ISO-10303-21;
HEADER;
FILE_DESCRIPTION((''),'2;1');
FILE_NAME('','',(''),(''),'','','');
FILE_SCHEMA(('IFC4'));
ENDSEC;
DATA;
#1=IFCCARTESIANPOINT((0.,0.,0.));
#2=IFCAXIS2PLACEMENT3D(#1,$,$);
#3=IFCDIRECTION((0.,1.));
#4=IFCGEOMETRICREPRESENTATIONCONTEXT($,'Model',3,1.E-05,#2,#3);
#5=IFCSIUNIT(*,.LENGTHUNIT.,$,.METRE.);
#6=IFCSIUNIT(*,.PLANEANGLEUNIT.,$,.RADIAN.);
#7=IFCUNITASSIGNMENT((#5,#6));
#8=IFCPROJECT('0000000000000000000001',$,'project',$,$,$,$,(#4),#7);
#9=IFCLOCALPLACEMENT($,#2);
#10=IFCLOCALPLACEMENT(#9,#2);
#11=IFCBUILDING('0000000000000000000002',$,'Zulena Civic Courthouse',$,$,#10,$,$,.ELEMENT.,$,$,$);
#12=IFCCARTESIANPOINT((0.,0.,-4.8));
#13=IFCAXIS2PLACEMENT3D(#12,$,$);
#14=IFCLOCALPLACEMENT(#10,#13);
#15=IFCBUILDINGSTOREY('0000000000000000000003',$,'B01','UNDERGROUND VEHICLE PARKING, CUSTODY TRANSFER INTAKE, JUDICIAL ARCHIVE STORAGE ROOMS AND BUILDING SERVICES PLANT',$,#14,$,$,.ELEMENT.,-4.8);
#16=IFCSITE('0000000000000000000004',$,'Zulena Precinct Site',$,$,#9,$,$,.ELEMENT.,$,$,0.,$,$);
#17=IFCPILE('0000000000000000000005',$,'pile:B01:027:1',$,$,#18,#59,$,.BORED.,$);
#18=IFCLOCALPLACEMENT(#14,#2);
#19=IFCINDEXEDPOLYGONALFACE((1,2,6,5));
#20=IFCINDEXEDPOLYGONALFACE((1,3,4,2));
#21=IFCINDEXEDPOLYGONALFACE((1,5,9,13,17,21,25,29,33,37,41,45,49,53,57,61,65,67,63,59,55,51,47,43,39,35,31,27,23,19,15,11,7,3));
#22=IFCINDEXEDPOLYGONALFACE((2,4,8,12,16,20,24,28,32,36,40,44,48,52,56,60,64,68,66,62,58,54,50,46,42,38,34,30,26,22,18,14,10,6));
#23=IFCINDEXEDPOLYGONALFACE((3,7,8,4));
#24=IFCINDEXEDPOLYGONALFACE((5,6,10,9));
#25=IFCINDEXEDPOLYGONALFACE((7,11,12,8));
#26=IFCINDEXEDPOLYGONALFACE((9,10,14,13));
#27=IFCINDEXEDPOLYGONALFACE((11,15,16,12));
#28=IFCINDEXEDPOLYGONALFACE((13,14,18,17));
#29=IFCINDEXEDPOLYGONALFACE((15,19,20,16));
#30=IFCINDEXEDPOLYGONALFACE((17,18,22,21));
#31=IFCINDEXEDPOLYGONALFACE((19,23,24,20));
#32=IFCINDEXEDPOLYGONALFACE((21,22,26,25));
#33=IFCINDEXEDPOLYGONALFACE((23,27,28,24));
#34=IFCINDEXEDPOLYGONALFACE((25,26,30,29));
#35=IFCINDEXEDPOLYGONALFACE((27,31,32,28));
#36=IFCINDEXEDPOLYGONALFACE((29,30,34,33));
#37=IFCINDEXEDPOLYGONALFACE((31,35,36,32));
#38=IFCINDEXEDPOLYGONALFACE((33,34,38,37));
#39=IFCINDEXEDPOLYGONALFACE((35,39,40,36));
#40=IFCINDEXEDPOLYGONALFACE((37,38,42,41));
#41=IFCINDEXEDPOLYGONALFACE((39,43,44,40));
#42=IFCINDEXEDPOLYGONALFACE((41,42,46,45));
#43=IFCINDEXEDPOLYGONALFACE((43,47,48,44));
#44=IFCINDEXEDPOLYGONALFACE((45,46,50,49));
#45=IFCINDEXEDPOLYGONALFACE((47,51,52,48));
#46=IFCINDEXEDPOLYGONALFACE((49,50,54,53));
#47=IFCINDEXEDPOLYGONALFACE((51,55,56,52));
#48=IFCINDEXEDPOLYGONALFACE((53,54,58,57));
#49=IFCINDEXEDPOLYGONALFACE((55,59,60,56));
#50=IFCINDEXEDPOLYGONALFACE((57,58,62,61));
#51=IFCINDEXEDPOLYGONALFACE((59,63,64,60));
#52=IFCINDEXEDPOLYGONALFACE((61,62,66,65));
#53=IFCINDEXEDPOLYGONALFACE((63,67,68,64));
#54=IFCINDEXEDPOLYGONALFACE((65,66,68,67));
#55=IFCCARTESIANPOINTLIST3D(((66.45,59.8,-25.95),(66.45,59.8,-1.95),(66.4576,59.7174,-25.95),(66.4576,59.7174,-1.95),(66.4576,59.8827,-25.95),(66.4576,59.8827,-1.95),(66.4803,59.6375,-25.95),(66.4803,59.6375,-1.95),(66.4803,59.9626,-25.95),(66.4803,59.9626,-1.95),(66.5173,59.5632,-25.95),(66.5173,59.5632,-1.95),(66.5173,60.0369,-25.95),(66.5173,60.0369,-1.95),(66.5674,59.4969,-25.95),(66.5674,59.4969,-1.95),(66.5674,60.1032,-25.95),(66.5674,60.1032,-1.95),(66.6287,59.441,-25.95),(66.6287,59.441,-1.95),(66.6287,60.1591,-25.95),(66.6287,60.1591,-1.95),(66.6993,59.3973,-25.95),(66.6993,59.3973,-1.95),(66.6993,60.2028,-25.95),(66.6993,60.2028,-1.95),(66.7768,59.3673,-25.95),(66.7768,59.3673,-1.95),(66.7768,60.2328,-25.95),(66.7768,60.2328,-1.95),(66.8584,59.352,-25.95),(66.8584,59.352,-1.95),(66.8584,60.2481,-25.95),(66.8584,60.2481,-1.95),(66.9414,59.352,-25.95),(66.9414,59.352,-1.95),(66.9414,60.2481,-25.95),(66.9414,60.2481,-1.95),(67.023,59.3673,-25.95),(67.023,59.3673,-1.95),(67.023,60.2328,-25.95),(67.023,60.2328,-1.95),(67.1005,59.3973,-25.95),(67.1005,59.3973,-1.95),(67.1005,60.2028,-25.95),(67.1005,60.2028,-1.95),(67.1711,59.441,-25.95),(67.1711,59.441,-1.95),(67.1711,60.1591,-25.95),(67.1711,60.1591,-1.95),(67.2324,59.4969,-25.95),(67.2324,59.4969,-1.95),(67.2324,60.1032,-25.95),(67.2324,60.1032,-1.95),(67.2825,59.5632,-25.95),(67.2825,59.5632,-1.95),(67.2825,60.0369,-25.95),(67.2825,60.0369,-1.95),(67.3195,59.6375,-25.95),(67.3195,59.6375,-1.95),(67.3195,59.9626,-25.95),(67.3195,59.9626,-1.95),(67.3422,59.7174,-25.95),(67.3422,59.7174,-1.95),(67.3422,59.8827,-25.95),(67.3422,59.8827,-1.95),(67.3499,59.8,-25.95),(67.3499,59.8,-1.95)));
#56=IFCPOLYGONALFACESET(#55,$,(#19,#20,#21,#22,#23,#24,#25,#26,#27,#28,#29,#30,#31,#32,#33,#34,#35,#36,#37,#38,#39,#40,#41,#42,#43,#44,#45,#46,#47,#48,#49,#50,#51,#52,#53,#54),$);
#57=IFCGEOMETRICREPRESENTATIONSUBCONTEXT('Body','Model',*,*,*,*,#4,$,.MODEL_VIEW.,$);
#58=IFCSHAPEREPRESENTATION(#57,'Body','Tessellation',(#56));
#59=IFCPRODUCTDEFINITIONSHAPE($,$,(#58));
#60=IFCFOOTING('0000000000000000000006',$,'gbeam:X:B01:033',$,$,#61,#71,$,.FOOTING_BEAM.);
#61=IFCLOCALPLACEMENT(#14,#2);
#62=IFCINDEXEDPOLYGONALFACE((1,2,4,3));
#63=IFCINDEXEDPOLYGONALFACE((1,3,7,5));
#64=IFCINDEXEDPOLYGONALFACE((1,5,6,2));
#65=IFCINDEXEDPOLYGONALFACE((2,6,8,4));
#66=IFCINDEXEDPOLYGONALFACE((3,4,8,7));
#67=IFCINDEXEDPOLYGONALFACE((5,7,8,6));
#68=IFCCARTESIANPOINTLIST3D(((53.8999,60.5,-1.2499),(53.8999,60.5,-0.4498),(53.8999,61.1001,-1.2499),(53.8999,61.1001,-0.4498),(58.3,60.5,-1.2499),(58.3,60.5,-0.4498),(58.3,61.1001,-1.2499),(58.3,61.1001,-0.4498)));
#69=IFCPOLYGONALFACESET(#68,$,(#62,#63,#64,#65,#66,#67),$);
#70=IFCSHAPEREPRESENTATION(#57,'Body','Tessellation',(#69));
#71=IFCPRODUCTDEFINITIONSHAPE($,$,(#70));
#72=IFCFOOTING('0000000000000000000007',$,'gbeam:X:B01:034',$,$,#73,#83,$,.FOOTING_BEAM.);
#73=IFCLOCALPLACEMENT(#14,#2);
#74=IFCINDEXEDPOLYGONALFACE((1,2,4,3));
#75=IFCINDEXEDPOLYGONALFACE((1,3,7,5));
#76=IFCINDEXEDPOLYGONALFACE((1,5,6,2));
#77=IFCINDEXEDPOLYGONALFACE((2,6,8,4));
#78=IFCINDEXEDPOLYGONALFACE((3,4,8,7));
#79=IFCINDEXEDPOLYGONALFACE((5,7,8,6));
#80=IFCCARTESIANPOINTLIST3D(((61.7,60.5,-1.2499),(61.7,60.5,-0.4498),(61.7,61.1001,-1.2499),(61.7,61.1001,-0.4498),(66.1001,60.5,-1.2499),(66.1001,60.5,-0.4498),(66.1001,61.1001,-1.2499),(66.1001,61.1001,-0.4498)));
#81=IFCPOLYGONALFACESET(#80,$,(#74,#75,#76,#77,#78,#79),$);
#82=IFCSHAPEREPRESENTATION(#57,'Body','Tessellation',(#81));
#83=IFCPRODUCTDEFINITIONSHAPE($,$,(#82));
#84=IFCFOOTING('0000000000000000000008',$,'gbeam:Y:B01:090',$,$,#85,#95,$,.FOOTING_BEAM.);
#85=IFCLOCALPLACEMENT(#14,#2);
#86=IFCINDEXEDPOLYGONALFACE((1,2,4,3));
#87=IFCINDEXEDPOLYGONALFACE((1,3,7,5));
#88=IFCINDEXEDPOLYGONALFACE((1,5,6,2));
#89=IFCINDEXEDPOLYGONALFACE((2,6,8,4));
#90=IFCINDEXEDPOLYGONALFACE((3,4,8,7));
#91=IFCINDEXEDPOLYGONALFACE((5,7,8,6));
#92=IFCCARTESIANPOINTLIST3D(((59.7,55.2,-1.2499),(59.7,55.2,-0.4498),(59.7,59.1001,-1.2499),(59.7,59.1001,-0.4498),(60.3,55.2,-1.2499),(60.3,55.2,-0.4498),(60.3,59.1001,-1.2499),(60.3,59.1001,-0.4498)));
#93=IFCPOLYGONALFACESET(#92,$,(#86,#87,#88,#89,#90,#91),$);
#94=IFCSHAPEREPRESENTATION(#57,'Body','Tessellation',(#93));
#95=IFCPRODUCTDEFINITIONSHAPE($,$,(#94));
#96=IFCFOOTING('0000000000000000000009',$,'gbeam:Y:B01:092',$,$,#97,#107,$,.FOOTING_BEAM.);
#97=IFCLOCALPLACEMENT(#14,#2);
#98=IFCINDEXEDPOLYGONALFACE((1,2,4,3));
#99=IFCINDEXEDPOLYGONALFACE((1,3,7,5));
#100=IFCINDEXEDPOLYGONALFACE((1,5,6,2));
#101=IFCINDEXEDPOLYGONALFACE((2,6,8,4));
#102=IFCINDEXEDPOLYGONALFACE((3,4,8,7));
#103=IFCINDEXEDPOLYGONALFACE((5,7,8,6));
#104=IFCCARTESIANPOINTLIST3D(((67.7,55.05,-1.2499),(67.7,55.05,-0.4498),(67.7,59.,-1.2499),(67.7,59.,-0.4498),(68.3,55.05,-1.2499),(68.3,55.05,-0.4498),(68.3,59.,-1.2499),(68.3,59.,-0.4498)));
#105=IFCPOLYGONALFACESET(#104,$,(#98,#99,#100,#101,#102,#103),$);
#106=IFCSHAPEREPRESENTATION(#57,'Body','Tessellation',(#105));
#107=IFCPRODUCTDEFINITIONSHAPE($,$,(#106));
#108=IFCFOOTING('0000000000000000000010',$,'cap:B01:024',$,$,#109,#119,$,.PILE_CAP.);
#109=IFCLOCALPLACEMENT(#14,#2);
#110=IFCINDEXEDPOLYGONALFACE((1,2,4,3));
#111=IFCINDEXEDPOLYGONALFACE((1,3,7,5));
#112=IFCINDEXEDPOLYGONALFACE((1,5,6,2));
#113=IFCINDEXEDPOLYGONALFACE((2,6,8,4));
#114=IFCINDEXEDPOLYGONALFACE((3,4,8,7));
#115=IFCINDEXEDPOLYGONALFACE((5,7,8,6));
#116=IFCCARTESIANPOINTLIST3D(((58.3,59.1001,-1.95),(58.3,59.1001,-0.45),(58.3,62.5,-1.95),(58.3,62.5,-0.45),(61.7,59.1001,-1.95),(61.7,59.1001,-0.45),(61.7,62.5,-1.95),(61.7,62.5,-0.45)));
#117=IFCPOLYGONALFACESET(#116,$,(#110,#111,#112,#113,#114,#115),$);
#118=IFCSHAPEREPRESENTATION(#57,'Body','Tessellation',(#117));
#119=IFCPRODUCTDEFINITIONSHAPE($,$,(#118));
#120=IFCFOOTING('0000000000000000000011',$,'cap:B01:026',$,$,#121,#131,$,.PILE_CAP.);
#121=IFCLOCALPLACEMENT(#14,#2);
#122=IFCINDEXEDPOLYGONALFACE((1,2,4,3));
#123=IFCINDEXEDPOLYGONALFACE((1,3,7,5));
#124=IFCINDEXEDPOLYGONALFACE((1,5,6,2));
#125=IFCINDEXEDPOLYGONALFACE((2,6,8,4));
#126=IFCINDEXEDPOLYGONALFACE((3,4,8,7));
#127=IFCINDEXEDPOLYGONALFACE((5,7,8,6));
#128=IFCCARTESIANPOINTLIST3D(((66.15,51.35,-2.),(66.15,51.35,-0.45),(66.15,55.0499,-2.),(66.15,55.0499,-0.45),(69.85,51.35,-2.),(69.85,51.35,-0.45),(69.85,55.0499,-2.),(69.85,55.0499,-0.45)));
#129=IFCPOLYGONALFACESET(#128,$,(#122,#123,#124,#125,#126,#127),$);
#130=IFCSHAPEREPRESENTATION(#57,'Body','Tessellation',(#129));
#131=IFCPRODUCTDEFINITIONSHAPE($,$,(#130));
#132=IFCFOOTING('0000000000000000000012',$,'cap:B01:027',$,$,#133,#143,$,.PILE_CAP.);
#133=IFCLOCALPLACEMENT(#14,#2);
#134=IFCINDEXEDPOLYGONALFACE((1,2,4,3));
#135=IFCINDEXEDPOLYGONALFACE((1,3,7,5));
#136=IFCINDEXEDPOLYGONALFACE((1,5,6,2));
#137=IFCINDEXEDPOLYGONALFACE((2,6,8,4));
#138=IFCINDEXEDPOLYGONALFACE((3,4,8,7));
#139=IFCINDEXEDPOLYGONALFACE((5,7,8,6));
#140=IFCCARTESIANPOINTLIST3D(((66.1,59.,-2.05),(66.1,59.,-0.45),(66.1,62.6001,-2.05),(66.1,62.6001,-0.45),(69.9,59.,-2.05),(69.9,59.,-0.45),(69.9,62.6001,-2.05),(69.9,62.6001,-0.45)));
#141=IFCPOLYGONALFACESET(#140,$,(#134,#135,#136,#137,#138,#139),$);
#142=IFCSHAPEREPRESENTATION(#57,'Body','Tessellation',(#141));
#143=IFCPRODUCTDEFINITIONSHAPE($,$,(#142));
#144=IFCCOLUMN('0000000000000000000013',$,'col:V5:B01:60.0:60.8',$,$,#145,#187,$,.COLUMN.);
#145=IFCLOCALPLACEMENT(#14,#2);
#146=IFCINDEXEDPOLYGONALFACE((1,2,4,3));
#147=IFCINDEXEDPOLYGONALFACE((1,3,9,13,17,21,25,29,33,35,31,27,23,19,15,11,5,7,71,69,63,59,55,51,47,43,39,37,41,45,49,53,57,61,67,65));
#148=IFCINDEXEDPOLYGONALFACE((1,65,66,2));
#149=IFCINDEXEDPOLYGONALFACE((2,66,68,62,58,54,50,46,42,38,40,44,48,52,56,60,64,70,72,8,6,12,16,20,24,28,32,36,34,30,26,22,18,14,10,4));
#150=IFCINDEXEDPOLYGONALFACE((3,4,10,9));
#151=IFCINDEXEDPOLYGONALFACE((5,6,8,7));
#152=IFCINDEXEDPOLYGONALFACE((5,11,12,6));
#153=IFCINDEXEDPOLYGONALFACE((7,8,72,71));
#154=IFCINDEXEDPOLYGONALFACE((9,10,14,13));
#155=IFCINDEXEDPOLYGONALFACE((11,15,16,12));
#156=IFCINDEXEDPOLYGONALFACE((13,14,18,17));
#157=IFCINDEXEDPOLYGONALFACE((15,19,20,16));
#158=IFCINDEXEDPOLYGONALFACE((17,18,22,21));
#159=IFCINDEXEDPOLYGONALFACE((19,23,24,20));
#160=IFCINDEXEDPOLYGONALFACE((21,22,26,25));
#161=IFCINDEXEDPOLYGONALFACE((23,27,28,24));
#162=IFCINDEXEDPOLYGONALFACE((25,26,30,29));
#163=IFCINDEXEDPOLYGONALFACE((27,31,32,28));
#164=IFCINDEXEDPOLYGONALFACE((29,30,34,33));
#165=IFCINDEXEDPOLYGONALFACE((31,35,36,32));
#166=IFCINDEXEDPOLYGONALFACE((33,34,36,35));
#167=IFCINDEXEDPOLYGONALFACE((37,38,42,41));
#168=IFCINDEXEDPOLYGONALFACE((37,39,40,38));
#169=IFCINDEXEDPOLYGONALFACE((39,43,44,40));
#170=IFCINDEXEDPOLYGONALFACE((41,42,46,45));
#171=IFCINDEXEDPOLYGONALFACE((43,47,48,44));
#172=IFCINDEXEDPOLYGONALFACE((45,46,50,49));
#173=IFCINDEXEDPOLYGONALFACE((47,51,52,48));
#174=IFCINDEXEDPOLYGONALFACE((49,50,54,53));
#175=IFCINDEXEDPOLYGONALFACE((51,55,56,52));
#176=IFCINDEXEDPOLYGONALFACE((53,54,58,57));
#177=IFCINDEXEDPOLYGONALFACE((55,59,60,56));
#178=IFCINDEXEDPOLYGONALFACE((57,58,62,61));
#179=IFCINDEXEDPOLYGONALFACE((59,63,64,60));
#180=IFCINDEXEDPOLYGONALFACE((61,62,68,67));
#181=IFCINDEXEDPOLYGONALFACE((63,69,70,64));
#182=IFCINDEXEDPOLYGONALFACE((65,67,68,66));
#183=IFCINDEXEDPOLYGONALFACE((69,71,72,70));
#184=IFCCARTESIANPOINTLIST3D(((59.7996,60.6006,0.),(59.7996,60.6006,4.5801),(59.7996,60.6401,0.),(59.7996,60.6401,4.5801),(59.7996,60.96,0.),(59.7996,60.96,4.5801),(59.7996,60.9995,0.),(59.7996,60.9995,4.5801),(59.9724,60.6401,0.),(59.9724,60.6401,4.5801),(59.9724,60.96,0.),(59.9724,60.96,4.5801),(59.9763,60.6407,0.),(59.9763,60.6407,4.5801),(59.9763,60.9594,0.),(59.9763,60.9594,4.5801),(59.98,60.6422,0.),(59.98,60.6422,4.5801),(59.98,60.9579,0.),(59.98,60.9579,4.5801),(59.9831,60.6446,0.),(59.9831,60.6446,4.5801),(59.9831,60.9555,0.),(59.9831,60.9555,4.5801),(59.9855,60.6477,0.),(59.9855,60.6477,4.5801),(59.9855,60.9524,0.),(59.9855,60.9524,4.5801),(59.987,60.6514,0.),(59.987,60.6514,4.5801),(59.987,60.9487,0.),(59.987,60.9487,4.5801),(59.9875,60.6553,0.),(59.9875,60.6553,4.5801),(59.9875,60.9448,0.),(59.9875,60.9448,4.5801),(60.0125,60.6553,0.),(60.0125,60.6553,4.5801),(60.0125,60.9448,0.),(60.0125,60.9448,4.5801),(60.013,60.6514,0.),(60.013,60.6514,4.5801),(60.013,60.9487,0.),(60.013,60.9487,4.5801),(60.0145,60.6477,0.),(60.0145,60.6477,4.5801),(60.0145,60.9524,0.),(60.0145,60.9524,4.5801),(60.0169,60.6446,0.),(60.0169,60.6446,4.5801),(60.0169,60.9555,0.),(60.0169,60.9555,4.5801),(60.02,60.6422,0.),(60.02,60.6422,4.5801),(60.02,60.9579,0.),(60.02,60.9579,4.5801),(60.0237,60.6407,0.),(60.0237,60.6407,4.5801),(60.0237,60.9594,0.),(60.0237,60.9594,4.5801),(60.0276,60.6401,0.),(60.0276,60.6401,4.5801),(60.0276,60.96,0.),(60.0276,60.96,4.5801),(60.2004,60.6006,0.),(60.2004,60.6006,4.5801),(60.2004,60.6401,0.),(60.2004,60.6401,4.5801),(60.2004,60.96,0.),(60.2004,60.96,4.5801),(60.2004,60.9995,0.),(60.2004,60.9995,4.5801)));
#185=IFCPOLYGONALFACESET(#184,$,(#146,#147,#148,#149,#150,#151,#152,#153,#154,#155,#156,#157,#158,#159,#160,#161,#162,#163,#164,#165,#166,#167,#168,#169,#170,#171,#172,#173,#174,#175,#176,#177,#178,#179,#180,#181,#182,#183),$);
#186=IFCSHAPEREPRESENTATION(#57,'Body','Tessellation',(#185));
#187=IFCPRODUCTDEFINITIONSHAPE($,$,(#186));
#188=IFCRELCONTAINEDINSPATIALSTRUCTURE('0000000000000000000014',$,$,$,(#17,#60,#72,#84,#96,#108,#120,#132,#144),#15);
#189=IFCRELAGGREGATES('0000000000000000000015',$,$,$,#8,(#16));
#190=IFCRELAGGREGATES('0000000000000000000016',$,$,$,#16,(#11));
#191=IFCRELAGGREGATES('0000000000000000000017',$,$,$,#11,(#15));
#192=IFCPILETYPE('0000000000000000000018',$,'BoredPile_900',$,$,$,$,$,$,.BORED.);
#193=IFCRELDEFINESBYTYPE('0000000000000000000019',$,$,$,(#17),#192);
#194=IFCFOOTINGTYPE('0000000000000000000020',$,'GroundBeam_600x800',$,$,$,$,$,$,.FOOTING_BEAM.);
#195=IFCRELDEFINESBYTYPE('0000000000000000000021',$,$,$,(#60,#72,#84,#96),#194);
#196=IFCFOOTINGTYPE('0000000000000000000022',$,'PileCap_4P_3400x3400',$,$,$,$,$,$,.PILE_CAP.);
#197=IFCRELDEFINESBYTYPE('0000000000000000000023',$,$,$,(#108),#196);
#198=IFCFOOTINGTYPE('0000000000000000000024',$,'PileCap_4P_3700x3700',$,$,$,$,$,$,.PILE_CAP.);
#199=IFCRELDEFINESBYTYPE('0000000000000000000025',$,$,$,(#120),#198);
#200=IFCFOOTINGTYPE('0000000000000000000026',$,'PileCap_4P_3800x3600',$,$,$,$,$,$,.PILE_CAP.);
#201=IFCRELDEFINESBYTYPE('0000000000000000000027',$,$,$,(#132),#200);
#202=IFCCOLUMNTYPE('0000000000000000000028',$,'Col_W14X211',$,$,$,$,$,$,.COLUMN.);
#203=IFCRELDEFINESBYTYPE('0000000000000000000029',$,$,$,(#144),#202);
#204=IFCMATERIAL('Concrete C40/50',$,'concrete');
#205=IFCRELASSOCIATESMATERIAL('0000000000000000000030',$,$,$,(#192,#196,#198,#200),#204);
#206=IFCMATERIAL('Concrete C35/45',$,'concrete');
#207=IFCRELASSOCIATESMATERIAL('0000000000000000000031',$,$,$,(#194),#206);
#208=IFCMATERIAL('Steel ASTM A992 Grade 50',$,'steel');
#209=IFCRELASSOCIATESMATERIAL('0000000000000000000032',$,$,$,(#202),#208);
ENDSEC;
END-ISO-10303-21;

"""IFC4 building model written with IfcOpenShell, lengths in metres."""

from ifc_helpers import new_model, si_unit, direction, frame, origin, origin_2d, place, context, subcontext, project, spatial, rectangle, circle, i_section, extrude, material, material_profile, profile_set, type_object, element, save


model = new_model("IFC4")

# Units and contexts
model_context = context("Model", 3, precision=1e-05, world=origin(), true_north=direction((0.0, 1.0)))
body_context = subcontext(model_context, "Body", "Model", "MODEL_VIEW")
ifc_project = project(units=[si_unit("LENGTHUNIT", "METRE"), si_unit("PLANEANGLEUNIT", "RADIAN")], contexts=[model_context])

# Site, building, storey
site_placement = place(None, origin())
site = spatial("IfcSite", under=ifc_project, at=site_placement, Name="Zulena Precinct Site", CompositionType="ELEMENT", RefElevation=0.0)
building_placement = place(site_placement, origin())
building = spatial("IfcBuilding", under=site, at=building_placement, Name="Zulena Civic Courthouse", CompositionType="ELEMENT")
storey_placement = place(building_placement, frame((0.0, 0.0, -4.8)))
storey = spatial("IfcBuildingStorey", under=building, at=storey_placement, Name="B01", Description="UNDERGROUND VEHICLE PARKING, CUSTODY TRANSFER INTAKE, JUDICIAL ARCHIVE STORAGE ROOMS AND BUILDING SERVICES PLANT", CompositionType="ELEMENT", Elevation=-4.8)

# Pile
ifc_material_1 = material(Name="Concrete C40/50", Category="concrete")
ifc_material_profile_1 = material_profile(ifc_material_1, circle(Radius=0.45, at=origin_2d()), Name="PILE900")
ifc_profile_set_1 = profile_set([ifc_material_profile_1], Name="Concrete C40/50")
pile_type_1 = type_object("IfcPileType", Name="BoredPile_900", PredefinedType="BORED", material=ifc_profile_set_1)
for number, where, z_axis, x_axis, name in (
    (1, (66.8999, 59.8, -1.95), (0.0, 0.0, -1.0), (1.0, 0.0, 0.0), "pile:B01:027:1"),
):
    element("IfcPile", number, at=place(storey_placement, frame(where, z_axis=z_axis, x_axis=x_axis)), inside=storey, type_object=pile_type_1, Name=name, PredefinedType="BORED", context=body_context, shape_type="SweptSolid", body=[
        extrude(circle(Radius=0.45, at=origin_2d()), origin(), (0.0, 0.0, 1.0), 24.0),
    ])

# Footings
ifc_material_2 = material(Name="Concrete C35/45", Category="concrete")
ifc_material_profile_2 = material_profile(ifc_material_2, rectangle(XDim=0.6001, YDim=0.8, at=origin_2d()), Name="RC600X800")
ifc_profile_set_2 = profile_set([ifc_material_profile_2], Name="Concrete C35/45")
footing_type_1 = type_object("IfcFootingType", Name="GroundBeam_600x800", PredefinedType="FOOTING_BEAM", material=ifc_profile_set_2)
for number, where, z_axis, x_axis, name in (
    (2, (53.8999, 60.8, -0.8499), (1.0, 0.0, 0.0), (0.0, 1.0, 0.0), "gbeam:X:B01:033"),
    (3, (61.7, 60.8, -0.8499), (1.0, 0.0, 0.0), (0.0, 1.0, 0.0), "gbeam:X:B01:034"),
):
    element("IfcFooting", number, at=place(storey_placement, frame(where, z_axis=z_axis, x_axis=x_axis)), inside=storey, type_object=footing_type_1, Name=name, PredefinedType="FOOTING_BEAM", context=body_context, shape_type="SweptSolid", body=[
        extrude(rectangle(XDim=0.6001, YDim=0.8, at=origin_2d()), origin(), (0.0, 0.0, 1.0), 4.4001),
    ])
footing_1_placement = place(storey_placement, frame((60.0, 55.2, -0.8499), z_axis=(0.0, 1.0, 0.0), x_axis=(-1.0, 0.0, 0.0)))
element("IfcFooting", 4, at=footing_1_placement, inside=storey, type_object=footing_type_1, Name="gbeam:Y:B01:090", PredefinedType="FOOTING_BEAM", context=body_context, shape_type="SweptSolid", body=[
    extrude(rectangle(XDim=0.6001, YDim=0.8, at=origin_2d()), origin(), (0.0, 0.0, 1.0), 3.9001),
])
footing_2_placement = place(storey_placement, frame((68.0, 55.05, -0.8499), z_axis=(0.0, 1.0, 0.0), x_axis=(-1.0, 0.0, 0.0)))
element("IfcFooting", 5, at=footing_2_placement, inside=storey, type_object=footing_type_1, Name="gbeam:Y:B01:092", PredefinedType="FOOTING_BEAM", context=body_context, shape_type="SweptSolid", body=[
    extrude(rectangle(XDim=0.6001, YDim=0.8, at=origin_2d()), origin(), (0.0, 0.0, 1.0), 3.95),
])
footing_type_2 = type_object("IfcFootingType", Name="PileCap_4P_3400x3400", PredefinedType="PILE_CAP", material=ifc_material_1)
footing_3_placement = place(storey_placement, frame((60.0, 60.8, -1.95), z_axis=(0.0, 0.0, 1.0), x_axis=(1.0, 0.0, 0.0)))
element("IfcFooting", 6, at=footing_3_placement, inside=storey, type_object=footing_type_2, Name="cap:B01:024", PredefinedType="PILE_CAP", context=body_context, shape_type="SweptSolid", body=[
    extrude(rectangle(XDim=3.3999, YDim=3.3999, at=origin_2d()), origin(), (0.0, 0.0, 1.0), 1.5),
])
footing_type_3 = type_object("IfcFootingType", Name="PileCap_4P_3700x3700", PredefinedType="PILE_CAP", material=ifc_material_1)
footing_4_placement = place(storey_placement, frame((68.0, 53.2, -2.0), z_axis=(0.0, 0.0, 1.0), x_axis=(1.0, 0.0, 0.0)))
element("IfcFooting", 7, at=footing_4_placement, inside=storey, type_object=footing_type_3, Name="cap:B01:026", PredefinedType="PILE_CAP", context=body_context, shape_type="SweptSolid", body=[
    extrude(rectangle(XDim=3.7, YDim=3.7, at=origin_2d()), origin(), (0.0, 0.0, 1.0), 1.55),
])
footing_type_4 = type_object("IfcFootingType", Name="PileCap_4P_3800x3600", PredefinedType="PILE_CAP", material=ifc_material_1)
footing_5_placement = place(storey_placement, frame((68.0, 60.8, -2.05), z_axis=(0.0, 0.0, 1.0), x_axis=(1.0, 0.0, 0.0)))
element("IfcFooting", 8, at=footing_5_placement, inside=storey, type_object=footing_type_4, Name="cap:B01:027", PredefinedType="PILE_CAP", context=body_context, shape_type="SweptSolid", body=[
    extrude(rectangle(XDim=3.8, YDim=3.6001, at=origin_2d()), origin(), (0.0, 0.0, 1.0), 1.6001),
])

# Column
ifc_material_3 = material(Name="Steel ASTM A992 Grade 50", Category="steel")
ifc_material_profile_3 = material_profile(ifc_material_3, i_section(OverallWidth=0.4009, OverallDepth=0.3989, WebThickness=0.0249, FlangeThickness=0.0396, FilletRadius=0.0151, at=origin_2d()), Name="W14X211")
ifc_profile_set_3 = profile_set([ifc_material_profile_3], Name="Steel ASTM A992 Grade 50")
column_type = type_object("IfcColumnType", Name="Col_W14X211", PredefinedType="COLUMN", material=ifc_profile_set_3)
for number, where, z_axis, x_axis, name in (
    (9, (60.0, 60.8, 0.0), (0.0, 0.0, 1.0), (1.0, 0.0, 0.0), "col:V5:B01:60.0:60.8"),
):
    element("IfcColumn", number, at=place(storey_placement, frame(where, z_axis=z_axis, x_axis=x_axis)), inside=storey, type_object=column_type, Name=name, PredefinedType="COLUMN", context=body_context, shape_type="SweptSolid", body=[
        extrude(i_section(OverallWidth=0.4009, OverallDepth=0.3989, WebThickness=0.0249, FlangeThickness=0.0396, FilletRadius=0.0151, at=origin_2d()), origin(), (0.0, 0.0, 1.0), 4.5801),
    ])

save(model, "model.ifc")
